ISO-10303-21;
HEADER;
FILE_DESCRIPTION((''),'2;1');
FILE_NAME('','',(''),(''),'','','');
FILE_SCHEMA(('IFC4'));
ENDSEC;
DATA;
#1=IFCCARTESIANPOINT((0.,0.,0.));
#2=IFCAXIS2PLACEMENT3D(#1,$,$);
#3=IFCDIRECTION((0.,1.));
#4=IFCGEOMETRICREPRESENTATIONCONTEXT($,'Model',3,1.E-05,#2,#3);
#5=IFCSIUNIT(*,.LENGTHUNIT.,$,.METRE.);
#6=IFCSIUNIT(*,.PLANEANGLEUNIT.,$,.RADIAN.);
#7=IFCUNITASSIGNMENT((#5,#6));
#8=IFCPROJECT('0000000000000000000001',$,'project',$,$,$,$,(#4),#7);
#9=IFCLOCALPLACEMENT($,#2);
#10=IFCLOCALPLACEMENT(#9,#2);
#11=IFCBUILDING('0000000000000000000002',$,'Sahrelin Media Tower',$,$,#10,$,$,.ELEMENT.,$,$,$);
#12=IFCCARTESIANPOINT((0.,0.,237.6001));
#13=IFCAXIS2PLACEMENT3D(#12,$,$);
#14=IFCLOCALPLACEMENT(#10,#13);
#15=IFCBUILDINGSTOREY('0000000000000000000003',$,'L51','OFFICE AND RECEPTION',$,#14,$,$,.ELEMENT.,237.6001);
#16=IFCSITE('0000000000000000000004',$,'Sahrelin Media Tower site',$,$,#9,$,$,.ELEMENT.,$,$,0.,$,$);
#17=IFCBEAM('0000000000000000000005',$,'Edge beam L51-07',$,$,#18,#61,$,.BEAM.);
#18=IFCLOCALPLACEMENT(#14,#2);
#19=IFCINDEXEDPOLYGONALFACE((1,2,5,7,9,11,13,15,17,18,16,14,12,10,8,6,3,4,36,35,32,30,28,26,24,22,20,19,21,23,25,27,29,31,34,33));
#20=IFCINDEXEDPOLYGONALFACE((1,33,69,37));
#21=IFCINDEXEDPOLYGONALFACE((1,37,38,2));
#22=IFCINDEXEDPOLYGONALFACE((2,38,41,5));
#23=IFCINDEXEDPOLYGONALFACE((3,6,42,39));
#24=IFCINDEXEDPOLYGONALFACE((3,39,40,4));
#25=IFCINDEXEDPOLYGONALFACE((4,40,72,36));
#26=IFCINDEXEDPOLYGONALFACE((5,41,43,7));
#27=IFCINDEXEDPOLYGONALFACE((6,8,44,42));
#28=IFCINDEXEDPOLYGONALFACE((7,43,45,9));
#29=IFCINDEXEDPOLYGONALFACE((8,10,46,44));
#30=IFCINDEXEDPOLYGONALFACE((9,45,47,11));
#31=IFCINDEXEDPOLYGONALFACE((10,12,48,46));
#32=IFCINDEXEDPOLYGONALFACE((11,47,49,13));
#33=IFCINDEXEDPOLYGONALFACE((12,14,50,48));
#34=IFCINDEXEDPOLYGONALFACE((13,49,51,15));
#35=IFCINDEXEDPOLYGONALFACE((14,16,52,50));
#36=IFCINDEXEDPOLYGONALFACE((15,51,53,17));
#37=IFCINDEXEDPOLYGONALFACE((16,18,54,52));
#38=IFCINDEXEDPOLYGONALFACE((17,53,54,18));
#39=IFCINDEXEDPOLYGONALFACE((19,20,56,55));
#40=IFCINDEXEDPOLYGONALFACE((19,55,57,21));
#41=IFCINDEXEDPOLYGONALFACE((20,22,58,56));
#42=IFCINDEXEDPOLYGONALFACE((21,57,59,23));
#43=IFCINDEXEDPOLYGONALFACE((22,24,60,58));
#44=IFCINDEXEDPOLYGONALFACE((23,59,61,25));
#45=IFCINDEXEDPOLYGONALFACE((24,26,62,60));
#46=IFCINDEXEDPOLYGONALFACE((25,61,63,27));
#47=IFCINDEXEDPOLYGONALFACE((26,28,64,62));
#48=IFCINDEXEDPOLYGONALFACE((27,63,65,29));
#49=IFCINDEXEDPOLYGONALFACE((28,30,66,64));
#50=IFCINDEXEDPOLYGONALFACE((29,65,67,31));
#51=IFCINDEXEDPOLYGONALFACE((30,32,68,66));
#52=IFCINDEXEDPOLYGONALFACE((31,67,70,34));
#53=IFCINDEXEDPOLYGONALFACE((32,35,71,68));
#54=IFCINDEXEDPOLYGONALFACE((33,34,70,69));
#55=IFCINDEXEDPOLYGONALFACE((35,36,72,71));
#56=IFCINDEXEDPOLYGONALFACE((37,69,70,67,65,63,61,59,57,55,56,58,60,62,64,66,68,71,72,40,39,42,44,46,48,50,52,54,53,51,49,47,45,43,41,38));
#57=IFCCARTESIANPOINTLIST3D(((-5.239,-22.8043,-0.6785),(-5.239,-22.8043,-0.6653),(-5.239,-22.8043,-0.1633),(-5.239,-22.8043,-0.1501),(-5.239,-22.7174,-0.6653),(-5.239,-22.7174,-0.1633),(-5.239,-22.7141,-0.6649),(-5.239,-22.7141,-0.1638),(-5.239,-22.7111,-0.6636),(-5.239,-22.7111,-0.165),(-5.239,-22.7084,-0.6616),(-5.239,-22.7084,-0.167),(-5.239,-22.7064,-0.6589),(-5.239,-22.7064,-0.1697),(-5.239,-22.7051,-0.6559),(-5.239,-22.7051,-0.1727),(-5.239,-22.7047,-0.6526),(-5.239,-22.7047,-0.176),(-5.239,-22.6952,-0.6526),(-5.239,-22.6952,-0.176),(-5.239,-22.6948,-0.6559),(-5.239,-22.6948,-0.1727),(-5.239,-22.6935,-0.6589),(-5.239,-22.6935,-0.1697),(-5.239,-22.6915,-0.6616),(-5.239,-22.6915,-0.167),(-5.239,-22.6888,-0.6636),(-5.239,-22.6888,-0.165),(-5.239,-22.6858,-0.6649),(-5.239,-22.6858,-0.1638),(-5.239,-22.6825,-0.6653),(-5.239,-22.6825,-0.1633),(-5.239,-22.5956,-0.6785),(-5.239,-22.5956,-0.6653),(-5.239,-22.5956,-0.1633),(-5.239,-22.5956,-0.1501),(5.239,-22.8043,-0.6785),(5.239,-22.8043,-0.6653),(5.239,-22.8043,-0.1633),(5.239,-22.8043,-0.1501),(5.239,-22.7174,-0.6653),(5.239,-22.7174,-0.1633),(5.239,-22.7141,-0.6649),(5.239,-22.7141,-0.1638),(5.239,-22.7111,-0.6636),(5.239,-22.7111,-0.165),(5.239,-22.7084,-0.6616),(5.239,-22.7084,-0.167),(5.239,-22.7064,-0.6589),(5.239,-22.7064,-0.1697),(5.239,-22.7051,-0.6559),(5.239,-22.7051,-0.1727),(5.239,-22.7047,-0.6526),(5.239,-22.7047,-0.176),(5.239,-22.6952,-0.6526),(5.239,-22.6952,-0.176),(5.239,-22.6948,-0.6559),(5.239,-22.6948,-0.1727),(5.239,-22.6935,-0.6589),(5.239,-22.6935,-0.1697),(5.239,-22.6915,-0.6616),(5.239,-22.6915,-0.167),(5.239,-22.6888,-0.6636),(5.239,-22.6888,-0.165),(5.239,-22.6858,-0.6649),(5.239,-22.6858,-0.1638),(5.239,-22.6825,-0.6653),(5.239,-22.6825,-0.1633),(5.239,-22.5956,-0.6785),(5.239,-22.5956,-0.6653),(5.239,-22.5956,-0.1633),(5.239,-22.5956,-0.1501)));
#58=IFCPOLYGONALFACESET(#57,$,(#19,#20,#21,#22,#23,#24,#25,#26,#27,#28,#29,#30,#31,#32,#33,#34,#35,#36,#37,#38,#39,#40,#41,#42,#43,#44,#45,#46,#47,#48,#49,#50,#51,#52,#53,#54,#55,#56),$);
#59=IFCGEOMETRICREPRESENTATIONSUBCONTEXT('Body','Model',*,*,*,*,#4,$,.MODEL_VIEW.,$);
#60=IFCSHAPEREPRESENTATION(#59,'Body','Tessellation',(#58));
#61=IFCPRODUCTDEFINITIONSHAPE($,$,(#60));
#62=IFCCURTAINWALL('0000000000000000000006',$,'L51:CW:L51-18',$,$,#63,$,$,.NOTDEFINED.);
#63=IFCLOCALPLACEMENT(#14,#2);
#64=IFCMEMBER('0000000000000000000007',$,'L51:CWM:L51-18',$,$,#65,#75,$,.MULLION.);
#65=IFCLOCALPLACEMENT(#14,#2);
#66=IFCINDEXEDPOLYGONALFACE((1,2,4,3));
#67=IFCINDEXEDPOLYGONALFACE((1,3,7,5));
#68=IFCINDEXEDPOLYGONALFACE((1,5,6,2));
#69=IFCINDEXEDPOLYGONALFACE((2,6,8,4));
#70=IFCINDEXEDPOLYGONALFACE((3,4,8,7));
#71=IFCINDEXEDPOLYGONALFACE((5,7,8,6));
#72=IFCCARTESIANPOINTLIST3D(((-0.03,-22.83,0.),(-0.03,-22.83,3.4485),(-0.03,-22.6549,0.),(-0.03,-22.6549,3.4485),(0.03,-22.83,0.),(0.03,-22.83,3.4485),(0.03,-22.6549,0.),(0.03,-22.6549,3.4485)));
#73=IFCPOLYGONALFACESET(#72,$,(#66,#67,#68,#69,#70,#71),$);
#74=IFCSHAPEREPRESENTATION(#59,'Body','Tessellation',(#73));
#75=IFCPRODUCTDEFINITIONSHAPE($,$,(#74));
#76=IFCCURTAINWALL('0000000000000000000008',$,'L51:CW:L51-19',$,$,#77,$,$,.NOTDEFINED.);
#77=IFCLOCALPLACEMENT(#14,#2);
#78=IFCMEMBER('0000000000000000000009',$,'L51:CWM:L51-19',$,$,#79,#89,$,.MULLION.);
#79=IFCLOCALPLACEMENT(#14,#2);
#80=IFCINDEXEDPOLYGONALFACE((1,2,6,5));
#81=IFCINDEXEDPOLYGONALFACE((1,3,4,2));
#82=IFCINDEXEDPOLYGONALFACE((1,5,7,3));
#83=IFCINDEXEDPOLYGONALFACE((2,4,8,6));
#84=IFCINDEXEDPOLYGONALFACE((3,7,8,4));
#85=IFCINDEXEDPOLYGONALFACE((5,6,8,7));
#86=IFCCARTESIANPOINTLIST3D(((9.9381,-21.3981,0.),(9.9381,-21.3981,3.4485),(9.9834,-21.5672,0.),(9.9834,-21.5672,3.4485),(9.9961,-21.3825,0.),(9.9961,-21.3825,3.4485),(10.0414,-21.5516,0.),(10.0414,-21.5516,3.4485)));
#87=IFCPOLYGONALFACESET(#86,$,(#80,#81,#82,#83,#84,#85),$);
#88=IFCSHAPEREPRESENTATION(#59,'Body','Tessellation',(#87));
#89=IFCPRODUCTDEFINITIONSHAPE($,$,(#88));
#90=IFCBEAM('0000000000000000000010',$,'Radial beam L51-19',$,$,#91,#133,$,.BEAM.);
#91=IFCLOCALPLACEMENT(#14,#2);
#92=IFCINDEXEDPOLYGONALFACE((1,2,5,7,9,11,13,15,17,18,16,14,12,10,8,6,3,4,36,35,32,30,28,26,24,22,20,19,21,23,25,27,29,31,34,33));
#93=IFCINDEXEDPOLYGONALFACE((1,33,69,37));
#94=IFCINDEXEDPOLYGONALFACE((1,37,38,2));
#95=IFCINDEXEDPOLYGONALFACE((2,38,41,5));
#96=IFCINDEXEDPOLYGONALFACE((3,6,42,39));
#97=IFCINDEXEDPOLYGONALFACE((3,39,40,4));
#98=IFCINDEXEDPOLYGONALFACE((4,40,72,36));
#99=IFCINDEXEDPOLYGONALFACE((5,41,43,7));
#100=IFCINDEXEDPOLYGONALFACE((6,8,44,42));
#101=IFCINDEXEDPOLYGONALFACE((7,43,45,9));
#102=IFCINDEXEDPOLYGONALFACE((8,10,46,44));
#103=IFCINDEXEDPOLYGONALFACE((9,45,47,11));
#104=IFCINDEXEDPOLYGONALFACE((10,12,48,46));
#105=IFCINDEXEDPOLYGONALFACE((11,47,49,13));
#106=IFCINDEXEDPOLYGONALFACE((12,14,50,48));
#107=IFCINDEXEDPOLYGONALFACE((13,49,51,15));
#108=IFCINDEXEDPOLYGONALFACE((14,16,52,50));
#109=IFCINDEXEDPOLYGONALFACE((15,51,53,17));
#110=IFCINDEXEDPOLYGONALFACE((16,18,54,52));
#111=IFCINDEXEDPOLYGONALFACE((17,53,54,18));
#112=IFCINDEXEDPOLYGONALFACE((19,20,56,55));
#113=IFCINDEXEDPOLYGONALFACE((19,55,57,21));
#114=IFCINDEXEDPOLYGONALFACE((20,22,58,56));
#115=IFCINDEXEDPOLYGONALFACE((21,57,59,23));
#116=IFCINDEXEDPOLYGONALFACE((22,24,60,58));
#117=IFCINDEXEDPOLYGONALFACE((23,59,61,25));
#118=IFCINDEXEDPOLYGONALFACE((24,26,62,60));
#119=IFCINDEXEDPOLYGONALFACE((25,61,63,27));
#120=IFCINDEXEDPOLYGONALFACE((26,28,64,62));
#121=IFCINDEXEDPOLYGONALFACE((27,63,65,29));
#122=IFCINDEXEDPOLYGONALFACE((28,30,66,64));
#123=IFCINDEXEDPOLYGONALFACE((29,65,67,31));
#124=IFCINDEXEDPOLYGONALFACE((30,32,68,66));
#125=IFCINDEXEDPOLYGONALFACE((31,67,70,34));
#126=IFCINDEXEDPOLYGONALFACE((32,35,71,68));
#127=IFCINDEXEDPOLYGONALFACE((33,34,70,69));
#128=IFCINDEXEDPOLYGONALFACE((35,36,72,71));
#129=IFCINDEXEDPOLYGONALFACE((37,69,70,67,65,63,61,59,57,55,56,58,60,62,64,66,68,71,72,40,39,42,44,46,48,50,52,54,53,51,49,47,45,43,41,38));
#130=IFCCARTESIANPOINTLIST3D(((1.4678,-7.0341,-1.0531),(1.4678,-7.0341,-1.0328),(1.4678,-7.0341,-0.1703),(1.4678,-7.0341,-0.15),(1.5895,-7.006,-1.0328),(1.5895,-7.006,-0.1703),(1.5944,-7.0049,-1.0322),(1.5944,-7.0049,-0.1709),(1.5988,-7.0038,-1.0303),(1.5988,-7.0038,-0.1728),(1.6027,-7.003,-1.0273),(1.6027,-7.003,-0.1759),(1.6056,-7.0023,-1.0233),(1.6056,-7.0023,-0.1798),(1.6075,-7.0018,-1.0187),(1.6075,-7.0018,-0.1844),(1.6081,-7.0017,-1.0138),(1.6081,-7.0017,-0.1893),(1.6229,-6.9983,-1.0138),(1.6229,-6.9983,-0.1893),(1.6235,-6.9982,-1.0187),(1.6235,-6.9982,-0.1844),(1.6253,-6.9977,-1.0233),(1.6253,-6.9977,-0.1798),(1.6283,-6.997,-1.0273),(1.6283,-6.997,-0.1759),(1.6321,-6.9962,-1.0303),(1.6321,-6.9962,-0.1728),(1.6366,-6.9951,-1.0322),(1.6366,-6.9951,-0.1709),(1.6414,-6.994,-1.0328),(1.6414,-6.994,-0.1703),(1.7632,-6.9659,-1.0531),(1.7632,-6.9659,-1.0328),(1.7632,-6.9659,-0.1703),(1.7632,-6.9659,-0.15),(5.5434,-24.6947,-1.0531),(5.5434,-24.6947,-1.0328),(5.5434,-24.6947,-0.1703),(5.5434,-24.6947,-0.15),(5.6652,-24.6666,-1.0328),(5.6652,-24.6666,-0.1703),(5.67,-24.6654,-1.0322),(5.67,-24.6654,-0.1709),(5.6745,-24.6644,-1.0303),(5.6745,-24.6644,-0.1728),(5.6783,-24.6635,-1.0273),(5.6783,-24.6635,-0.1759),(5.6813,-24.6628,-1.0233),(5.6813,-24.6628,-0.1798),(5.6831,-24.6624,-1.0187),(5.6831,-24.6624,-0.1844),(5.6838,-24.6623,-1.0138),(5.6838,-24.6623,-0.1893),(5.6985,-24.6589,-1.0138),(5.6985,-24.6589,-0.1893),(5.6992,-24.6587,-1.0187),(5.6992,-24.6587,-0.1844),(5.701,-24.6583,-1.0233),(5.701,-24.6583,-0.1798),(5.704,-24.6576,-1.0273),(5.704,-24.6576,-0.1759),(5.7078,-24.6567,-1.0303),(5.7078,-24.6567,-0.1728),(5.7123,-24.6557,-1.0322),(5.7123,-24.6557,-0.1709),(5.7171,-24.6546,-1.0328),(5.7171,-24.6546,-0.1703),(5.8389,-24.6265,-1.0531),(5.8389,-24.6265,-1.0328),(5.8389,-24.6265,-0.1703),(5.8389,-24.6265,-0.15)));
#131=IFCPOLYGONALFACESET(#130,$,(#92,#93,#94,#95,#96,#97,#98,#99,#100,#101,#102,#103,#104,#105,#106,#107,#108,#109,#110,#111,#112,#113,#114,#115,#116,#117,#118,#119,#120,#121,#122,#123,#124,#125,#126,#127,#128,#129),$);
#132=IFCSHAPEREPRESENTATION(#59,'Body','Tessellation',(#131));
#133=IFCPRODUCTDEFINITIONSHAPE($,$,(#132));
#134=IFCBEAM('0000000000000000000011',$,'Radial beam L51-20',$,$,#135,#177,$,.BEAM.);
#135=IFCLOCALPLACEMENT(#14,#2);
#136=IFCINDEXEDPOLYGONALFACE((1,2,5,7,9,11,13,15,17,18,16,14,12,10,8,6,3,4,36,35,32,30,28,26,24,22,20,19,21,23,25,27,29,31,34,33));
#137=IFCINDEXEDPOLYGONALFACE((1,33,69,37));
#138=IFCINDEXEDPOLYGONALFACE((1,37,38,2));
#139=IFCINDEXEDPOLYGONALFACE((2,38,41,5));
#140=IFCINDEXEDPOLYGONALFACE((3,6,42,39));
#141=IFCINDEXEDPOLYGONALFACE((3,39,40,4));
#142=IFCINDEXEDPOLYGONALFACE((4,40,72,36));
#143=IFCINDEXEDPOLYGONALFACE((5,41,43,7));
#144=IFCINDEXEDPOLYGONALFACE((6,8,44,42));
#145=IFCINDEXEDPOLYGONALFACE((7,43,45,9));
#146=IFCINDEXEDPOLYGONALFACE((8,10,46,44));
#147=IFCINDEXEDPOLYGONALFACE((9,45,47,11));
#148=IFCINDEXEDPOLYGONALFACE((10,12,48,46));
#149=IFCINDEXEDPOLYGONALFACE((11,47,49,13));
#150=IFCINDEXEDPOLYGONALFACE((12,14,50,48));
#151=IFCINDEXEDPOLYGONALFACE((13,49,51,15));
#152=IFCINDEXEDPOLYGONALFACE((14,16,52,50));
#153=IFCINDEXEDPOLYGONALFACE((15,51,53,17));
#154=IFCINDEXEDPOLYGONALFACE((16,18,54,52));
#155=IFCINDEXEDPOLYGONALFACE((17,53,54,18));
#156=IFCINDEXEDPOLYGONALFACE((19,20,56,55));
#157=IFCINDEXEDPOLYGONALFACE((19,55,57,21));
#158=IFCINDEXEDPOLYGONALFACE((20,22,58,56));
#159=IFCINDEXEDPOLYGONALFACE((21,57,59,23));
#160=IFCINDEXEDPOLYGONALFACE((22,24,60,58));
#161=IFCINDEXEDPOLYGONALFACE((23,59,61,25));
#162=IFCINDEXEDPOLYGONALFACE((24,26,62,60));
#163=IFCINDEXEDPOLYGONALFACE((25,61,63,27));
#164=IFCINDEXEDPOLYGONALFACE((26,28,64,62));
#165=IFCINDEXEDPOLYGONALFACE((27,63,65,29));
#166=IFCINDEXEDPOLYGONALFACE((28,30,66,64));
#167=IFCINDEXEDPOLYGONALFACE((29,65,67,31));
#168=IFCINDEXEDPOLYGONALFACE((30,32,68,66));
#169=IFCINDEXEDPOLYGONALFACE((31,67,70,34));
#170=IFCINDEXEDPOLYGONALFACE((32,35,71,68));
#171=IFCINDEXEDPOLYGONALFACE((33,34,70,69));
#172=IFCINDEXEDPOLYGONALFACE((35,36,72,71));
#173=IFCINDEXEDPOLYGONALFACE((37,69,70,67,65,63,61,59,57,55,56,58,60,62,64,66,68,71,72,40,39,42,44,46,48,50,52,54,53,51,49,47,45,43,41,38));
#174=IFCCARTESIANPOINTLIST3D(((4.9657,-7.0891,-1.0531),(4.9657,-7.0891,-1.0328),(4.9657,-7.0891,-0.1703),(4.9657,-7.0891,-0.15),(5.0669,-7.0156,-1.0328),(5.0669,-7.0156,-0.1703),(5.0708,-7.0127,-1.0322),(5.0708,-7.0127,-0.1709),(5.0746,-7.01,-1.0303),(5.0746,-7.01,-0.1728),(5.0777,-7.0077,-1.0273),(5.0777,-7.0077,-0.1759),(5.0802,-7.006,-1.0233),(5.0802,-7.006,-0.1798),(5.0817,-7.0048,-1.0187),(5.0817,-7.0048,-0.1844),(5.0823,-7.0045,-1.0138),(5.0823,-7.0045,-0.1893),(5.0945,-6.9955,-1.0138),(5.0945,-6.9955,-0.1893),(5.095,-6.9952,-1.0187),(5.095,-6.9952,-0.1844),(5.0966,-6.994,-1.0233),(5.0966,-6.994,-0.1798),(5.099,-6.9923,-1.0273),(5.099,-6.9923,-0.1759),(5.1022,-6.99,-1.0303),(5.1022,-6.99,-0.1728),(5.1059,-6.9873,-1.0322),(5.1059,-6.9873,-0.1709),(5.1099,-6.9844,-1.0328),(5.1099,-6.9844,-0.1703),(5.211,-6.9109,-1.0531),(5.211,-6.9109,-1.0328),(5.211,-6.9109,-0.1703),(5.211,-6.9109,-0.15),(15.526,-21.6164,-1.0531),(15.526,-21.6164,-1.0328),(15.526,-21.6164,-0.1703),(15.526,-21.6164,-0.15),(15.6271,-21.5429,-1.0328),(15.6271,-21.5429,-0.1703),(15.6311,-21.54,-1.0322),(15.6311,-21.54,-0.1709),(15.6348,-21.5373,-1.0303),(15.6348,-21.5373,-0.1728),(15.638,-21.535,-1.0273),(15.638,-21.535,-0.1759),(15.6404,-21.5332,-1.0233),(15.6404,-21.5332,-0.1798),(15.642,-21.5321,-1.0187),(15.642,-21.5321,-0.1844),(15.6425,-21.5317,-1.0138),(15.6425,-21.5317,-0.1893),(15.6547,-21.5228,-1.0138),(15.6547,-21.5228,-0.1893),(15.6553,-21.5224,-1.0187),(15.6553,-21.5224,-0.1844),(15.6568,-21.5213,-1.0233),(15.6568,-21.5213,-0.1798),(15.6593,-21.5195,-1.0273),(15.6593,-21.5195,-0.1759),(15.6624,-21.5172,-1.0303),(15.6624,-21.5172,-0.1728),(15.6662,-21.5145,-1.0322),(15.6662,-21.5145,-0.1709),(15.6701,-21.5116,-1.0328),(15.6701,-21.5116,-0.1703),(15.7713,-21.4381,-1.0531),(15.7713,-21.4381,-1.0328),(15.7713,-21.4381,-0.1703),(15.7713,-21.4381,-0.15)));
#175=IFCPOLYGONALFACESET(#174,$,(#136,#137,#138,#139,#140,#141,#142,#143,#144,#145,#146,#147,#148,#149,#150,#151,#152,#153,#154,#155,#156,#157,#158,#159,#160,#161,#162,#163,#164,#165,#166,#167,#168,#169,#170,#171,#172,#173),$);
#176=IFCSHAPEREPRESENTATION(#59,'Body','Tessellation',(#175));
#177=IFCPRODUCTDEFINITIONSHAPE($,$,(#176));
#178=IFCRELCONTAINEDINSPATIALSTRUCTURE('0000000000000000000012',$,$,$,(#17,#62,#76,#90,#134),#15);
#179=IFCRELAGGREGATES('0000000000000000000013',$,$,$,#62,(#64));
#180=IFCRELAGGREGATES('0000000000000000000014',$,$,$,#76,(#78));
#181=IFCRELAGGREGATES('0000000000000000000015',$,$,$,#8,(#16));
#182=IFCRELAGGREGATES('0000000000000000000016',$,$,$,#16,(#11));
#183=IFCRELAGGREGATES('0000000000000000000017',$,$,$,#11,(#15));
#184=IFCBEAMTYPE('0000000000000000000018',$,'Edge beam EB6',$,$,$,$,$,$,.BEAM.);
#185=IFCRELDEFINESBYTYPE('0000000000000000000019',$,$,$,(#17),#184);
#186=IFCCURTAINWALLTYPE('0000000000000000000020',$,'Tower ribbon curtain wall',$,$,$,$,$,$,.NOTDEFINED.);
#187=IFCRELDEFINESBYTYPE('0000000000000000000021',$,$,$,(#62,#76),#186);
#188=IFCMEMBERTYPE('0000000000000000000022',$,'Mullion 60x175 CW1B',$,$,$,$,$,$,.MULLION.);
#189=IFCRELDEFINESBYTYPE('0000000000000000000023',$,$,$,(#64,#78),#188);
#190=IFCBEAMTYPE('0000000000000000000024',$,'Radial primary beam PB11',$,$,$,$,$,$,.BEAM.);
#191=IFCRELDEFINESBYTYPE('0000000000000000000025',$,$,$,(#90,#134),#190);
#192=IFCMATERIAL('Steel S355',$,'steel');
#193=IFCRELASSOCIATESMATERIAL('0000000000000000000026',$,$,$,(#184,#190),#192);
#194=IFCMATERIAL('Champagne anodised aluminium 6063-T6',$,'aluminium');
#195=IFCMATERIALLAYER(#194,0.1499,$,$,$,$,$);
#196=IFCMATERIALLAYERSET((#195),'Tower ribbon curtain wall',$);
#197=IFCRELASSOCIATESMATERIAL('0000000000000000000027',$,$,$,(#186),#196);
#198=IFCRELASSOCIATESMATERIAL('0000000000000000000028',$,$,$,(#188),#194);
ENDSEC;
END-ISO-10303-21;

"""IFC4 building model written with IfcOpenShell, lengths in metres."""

from ifc_helpers import new_model, si_unit, direction, frame, origin, origin_2d, place, context, subcontext, project, spatial, rectangle, i_section, extrude, material, layer, layer_set, material_profile, profile_set, type_object, element, aggregate, save


model = new_model("IFC4")

# Units and contexts
model_context = context("Model", 3, precision=1e-05, world=origin(), true_north=direction((0.0, 1.0)))
body_context = subcontext(model_context, "Body", "Model", "MODEL_VIEW")
ifc_project = project(units=[si_unit("LENGTHUNIT", "METRE"), si_unit("PLANEANGLEUNIT", "RADIAN")], contexts=[model_context])

# Site, building, storey
site_placement = place(None, origin())
site = spatial("IfcSite", under=ifc_project, at=site_placement, Name="Sahrelin Media Tower site", CompositionType="ELEMENT", RefElevation=0.0)
building_placement = place(site_placement, origin())
building = spatial("IfcBuilding", under=site, at=building_placement, Name="Sahrelin Media Tower", CompositionType="ELEMENT")
storey_placement = place(building_placement, frame((0.0, 0.0, 237.6001)))
storey = spatial("IfcBuildingStorey", under=building, at=storey_placement, Name="L51", Description="OFFICE AND RECEPTION", CompositionType="ELEMENT", Elevation=237.6001)

# Beam
ifc_material_1 = material(Name="Steel S355", Category="steel")
ifc_material_profile_1 = material_profile(ifc_material_1, i_section(OverallWidth=0.2087, OverallDepth=0.5283, WebThickness=0.0095, FlangeThickness=0.0132, FilletRadius=0.0127, at=origin_2d()), Name="UB 533x210x82")
ifc_profile_set_1 = profile_set([ifc_material_profile_1], Name="Steel S355")
beam_type_1 = type_object("IfcBeamType", Name="Edge beam EB6", PredefinedType="BEAM", material=ifc_profile_set_1)
beam_1_placement = place(storey_placement, frame((5.239, -22.7, -0.4143), z_axis=(-1.0, 0.0, 0.0), x_axis=(0.0, -1.0, 0.0)))
element("IfcBeam", 1, at=beam_1_placement, inside=storey, type_object=beam_type_1, Name="Edge beam L51-07", PredefinedType="BEAM", context=body_context, shape_type="SweptSolid", body=[
    extrude(i_section(OverallWidth=0.2087, OverallDepth=0.5283, WebThickness=0.0095, FlangeThickness=0.0132, FilletRadius=0.0127, at=origin_2d()), origin(), (0.0, 0.0, 1.0), 10.478),
])

# Curtain walls, members
ifc_material_2 = material(Name="Champagne anodised aluminium 6063-T6", Category="aluminium")
ifc_layer_1 = layer(ifc_material_2, 0.1499)
ifc_layer_set_1 = layer_set([ifc_layer_1], Name="Tower ribbon curtain wall")
curtain_wall_type = type_object("IfcCurtainWallType", Name="Tower ribbon curtain wall", PredefinedType="NOTDEFINED", material=ifc_layer_set_1)
curtain_wall_1_placement = place(storey_placement, frame((0.0, -22.8501, 0.0), z_axis=(0.0, 0.0, 1.0), x_axis=(1.0, 0.0, 0.0)))
curtain_wall_1 = element("IfcCurtainWall", 2, at=curtain_wall_1_placement, inside=storey, type_object=curtain_wall_type, Name="L51:CW:L51-18", PredefinedType="NOTDEFINED")
ifc_material_profile_2 = material_profile(ifc_material_2, rectangle(XDim=0.0601, YDim=0.175, at=origin_2d()), Name="Mullion 60x175")
ifc_profile_set_2 = profile_set([ifc_material_profile_2], Name="Champagne anodised aluminium 6063-T6")
member_type_1 = type_object("IfcMemberType", Name="Mullion 60x175 CW1B", PredefinedType="MULLION", material=ifc_profile_set_2)
member_1_placement = place(storey_placement, frame((0.0, -22.7424, 0.0), z_axis=(0.0, 0.0, 1.0), x_axis=(1.0, 0.0, 0.0)))
member_1 = element("IfcMember", 3, at=member_1_placement, type_object=member_type_1, Name="L51:CWM:L51-18", PredefinedType="MULLION", context=body_context, shape_type="SweptSolid", body=[
    extrude(rectangle(XDim=0.0601, YDim=0.175, at=origin_2d()), origin(), (0.0, 0.0, 1.0), 3.4485),
])
aggregate(curtain_wall_1, [member_1])
curtain_wall_2_placement = place(storey_placement, frame((10.0176, -21.5786, 0.0), z_axis=(0.0, 0.0, 1.0), x_axis=(1.0, 0.0, 0.0)))
curtain_wall_2 = element("IfcCurtainWall", 4, at=curtain_wall_2_placement, inside=storey, type_object=curtain_wall_type, Name="L51:CW:L51-19", PredefinedType="NOTDEFINED")
member_2_placement = place(storey_placement, frame((9.9897, -21.4749, 0.0), z_axis=(0.0, 0.0, 1.0), x_axis=(0.965925, 0.258821, 0.0)))
member_2 = element("IfcMember", 5, at=member_2_placement, type_object=member_type_1, Name="L51:CWM:L51-19", PredefinedType="MULLION", context=body_context, shape_type="SweptSolid", body=[
    extrude(rectangle(XDim=0.0601, YDim=0.175, at=origin_2d()), origin(), (0.0, 0.0, 1.0), 3.4485),
])

# Beams
ifc_material_profile_3 = material_profile(ifc_material_1, i_section(OverallWidth=0.3032, OverallDepth=0.9031, WebThickness=0.0151, FlangeThickness=0.0203, FilletRadius=0.019, at=origin_2d()), Name="UB 914x305x201")
ifc_profile_set_3 = profile_set([ifc_material_profile_3], Name="Steel S355")
beam_type_2 = type_object("IfcBeamType", Name="Radial primary beam PB11", PredefinedType="BEAM", material=ifc_profile_set_3)
beam_2_placement = place(storey_placement, frame((1.6155, -7.0, -0.6016), z_axis=(0.224867, -0.974389, 0.0), x_axis=(0.974389, 0.224867, 0.0)))
element("IfcBeam", 6, at=beam_2_placement, inside=storey, type_object=beam_type_2, Name="Radial beam L51-19", PredefinedType="BEAM", context=body_context, shape_type="SweptSolid", body=[
    extrude(i_section(OverallWidth=0.3032, OverallDepth=0.9031, WebThickness=0.0151, FlangeThickness=0.0203, FilletRadius=0.019, at=origin_2d()), origin(), (0.0, 0.0, 1.0), 18.1248),
])
beam_3_placement = place(storey_placement, frame((5.0884, -7.0, -0.6016), z_axis=(0.587988, -0.80887, 0.0), x_axis=(0.80887, 0.587988, 0.0)))
element("IfcBeam", 7, at=beam_3_placement, inside=storey, type_object=beam_type_2, Name="Radial beam L51-20", PredefinedType="BEAM", context=body_context, shape_type="SweptSolid", body=[
    extrude(i_section(OverallWidth=0.3032, OverallDepth=0.9031, WebThickness=0.0151, FlangeThickness=0.0203, FilletRadius=0.019, at=origin_2d()), origin(), (0.0, 0.0, 1.0), 17.96),
])

aggregate(curtain_wall_2, [member_2])

save(model, "model.ifc")
